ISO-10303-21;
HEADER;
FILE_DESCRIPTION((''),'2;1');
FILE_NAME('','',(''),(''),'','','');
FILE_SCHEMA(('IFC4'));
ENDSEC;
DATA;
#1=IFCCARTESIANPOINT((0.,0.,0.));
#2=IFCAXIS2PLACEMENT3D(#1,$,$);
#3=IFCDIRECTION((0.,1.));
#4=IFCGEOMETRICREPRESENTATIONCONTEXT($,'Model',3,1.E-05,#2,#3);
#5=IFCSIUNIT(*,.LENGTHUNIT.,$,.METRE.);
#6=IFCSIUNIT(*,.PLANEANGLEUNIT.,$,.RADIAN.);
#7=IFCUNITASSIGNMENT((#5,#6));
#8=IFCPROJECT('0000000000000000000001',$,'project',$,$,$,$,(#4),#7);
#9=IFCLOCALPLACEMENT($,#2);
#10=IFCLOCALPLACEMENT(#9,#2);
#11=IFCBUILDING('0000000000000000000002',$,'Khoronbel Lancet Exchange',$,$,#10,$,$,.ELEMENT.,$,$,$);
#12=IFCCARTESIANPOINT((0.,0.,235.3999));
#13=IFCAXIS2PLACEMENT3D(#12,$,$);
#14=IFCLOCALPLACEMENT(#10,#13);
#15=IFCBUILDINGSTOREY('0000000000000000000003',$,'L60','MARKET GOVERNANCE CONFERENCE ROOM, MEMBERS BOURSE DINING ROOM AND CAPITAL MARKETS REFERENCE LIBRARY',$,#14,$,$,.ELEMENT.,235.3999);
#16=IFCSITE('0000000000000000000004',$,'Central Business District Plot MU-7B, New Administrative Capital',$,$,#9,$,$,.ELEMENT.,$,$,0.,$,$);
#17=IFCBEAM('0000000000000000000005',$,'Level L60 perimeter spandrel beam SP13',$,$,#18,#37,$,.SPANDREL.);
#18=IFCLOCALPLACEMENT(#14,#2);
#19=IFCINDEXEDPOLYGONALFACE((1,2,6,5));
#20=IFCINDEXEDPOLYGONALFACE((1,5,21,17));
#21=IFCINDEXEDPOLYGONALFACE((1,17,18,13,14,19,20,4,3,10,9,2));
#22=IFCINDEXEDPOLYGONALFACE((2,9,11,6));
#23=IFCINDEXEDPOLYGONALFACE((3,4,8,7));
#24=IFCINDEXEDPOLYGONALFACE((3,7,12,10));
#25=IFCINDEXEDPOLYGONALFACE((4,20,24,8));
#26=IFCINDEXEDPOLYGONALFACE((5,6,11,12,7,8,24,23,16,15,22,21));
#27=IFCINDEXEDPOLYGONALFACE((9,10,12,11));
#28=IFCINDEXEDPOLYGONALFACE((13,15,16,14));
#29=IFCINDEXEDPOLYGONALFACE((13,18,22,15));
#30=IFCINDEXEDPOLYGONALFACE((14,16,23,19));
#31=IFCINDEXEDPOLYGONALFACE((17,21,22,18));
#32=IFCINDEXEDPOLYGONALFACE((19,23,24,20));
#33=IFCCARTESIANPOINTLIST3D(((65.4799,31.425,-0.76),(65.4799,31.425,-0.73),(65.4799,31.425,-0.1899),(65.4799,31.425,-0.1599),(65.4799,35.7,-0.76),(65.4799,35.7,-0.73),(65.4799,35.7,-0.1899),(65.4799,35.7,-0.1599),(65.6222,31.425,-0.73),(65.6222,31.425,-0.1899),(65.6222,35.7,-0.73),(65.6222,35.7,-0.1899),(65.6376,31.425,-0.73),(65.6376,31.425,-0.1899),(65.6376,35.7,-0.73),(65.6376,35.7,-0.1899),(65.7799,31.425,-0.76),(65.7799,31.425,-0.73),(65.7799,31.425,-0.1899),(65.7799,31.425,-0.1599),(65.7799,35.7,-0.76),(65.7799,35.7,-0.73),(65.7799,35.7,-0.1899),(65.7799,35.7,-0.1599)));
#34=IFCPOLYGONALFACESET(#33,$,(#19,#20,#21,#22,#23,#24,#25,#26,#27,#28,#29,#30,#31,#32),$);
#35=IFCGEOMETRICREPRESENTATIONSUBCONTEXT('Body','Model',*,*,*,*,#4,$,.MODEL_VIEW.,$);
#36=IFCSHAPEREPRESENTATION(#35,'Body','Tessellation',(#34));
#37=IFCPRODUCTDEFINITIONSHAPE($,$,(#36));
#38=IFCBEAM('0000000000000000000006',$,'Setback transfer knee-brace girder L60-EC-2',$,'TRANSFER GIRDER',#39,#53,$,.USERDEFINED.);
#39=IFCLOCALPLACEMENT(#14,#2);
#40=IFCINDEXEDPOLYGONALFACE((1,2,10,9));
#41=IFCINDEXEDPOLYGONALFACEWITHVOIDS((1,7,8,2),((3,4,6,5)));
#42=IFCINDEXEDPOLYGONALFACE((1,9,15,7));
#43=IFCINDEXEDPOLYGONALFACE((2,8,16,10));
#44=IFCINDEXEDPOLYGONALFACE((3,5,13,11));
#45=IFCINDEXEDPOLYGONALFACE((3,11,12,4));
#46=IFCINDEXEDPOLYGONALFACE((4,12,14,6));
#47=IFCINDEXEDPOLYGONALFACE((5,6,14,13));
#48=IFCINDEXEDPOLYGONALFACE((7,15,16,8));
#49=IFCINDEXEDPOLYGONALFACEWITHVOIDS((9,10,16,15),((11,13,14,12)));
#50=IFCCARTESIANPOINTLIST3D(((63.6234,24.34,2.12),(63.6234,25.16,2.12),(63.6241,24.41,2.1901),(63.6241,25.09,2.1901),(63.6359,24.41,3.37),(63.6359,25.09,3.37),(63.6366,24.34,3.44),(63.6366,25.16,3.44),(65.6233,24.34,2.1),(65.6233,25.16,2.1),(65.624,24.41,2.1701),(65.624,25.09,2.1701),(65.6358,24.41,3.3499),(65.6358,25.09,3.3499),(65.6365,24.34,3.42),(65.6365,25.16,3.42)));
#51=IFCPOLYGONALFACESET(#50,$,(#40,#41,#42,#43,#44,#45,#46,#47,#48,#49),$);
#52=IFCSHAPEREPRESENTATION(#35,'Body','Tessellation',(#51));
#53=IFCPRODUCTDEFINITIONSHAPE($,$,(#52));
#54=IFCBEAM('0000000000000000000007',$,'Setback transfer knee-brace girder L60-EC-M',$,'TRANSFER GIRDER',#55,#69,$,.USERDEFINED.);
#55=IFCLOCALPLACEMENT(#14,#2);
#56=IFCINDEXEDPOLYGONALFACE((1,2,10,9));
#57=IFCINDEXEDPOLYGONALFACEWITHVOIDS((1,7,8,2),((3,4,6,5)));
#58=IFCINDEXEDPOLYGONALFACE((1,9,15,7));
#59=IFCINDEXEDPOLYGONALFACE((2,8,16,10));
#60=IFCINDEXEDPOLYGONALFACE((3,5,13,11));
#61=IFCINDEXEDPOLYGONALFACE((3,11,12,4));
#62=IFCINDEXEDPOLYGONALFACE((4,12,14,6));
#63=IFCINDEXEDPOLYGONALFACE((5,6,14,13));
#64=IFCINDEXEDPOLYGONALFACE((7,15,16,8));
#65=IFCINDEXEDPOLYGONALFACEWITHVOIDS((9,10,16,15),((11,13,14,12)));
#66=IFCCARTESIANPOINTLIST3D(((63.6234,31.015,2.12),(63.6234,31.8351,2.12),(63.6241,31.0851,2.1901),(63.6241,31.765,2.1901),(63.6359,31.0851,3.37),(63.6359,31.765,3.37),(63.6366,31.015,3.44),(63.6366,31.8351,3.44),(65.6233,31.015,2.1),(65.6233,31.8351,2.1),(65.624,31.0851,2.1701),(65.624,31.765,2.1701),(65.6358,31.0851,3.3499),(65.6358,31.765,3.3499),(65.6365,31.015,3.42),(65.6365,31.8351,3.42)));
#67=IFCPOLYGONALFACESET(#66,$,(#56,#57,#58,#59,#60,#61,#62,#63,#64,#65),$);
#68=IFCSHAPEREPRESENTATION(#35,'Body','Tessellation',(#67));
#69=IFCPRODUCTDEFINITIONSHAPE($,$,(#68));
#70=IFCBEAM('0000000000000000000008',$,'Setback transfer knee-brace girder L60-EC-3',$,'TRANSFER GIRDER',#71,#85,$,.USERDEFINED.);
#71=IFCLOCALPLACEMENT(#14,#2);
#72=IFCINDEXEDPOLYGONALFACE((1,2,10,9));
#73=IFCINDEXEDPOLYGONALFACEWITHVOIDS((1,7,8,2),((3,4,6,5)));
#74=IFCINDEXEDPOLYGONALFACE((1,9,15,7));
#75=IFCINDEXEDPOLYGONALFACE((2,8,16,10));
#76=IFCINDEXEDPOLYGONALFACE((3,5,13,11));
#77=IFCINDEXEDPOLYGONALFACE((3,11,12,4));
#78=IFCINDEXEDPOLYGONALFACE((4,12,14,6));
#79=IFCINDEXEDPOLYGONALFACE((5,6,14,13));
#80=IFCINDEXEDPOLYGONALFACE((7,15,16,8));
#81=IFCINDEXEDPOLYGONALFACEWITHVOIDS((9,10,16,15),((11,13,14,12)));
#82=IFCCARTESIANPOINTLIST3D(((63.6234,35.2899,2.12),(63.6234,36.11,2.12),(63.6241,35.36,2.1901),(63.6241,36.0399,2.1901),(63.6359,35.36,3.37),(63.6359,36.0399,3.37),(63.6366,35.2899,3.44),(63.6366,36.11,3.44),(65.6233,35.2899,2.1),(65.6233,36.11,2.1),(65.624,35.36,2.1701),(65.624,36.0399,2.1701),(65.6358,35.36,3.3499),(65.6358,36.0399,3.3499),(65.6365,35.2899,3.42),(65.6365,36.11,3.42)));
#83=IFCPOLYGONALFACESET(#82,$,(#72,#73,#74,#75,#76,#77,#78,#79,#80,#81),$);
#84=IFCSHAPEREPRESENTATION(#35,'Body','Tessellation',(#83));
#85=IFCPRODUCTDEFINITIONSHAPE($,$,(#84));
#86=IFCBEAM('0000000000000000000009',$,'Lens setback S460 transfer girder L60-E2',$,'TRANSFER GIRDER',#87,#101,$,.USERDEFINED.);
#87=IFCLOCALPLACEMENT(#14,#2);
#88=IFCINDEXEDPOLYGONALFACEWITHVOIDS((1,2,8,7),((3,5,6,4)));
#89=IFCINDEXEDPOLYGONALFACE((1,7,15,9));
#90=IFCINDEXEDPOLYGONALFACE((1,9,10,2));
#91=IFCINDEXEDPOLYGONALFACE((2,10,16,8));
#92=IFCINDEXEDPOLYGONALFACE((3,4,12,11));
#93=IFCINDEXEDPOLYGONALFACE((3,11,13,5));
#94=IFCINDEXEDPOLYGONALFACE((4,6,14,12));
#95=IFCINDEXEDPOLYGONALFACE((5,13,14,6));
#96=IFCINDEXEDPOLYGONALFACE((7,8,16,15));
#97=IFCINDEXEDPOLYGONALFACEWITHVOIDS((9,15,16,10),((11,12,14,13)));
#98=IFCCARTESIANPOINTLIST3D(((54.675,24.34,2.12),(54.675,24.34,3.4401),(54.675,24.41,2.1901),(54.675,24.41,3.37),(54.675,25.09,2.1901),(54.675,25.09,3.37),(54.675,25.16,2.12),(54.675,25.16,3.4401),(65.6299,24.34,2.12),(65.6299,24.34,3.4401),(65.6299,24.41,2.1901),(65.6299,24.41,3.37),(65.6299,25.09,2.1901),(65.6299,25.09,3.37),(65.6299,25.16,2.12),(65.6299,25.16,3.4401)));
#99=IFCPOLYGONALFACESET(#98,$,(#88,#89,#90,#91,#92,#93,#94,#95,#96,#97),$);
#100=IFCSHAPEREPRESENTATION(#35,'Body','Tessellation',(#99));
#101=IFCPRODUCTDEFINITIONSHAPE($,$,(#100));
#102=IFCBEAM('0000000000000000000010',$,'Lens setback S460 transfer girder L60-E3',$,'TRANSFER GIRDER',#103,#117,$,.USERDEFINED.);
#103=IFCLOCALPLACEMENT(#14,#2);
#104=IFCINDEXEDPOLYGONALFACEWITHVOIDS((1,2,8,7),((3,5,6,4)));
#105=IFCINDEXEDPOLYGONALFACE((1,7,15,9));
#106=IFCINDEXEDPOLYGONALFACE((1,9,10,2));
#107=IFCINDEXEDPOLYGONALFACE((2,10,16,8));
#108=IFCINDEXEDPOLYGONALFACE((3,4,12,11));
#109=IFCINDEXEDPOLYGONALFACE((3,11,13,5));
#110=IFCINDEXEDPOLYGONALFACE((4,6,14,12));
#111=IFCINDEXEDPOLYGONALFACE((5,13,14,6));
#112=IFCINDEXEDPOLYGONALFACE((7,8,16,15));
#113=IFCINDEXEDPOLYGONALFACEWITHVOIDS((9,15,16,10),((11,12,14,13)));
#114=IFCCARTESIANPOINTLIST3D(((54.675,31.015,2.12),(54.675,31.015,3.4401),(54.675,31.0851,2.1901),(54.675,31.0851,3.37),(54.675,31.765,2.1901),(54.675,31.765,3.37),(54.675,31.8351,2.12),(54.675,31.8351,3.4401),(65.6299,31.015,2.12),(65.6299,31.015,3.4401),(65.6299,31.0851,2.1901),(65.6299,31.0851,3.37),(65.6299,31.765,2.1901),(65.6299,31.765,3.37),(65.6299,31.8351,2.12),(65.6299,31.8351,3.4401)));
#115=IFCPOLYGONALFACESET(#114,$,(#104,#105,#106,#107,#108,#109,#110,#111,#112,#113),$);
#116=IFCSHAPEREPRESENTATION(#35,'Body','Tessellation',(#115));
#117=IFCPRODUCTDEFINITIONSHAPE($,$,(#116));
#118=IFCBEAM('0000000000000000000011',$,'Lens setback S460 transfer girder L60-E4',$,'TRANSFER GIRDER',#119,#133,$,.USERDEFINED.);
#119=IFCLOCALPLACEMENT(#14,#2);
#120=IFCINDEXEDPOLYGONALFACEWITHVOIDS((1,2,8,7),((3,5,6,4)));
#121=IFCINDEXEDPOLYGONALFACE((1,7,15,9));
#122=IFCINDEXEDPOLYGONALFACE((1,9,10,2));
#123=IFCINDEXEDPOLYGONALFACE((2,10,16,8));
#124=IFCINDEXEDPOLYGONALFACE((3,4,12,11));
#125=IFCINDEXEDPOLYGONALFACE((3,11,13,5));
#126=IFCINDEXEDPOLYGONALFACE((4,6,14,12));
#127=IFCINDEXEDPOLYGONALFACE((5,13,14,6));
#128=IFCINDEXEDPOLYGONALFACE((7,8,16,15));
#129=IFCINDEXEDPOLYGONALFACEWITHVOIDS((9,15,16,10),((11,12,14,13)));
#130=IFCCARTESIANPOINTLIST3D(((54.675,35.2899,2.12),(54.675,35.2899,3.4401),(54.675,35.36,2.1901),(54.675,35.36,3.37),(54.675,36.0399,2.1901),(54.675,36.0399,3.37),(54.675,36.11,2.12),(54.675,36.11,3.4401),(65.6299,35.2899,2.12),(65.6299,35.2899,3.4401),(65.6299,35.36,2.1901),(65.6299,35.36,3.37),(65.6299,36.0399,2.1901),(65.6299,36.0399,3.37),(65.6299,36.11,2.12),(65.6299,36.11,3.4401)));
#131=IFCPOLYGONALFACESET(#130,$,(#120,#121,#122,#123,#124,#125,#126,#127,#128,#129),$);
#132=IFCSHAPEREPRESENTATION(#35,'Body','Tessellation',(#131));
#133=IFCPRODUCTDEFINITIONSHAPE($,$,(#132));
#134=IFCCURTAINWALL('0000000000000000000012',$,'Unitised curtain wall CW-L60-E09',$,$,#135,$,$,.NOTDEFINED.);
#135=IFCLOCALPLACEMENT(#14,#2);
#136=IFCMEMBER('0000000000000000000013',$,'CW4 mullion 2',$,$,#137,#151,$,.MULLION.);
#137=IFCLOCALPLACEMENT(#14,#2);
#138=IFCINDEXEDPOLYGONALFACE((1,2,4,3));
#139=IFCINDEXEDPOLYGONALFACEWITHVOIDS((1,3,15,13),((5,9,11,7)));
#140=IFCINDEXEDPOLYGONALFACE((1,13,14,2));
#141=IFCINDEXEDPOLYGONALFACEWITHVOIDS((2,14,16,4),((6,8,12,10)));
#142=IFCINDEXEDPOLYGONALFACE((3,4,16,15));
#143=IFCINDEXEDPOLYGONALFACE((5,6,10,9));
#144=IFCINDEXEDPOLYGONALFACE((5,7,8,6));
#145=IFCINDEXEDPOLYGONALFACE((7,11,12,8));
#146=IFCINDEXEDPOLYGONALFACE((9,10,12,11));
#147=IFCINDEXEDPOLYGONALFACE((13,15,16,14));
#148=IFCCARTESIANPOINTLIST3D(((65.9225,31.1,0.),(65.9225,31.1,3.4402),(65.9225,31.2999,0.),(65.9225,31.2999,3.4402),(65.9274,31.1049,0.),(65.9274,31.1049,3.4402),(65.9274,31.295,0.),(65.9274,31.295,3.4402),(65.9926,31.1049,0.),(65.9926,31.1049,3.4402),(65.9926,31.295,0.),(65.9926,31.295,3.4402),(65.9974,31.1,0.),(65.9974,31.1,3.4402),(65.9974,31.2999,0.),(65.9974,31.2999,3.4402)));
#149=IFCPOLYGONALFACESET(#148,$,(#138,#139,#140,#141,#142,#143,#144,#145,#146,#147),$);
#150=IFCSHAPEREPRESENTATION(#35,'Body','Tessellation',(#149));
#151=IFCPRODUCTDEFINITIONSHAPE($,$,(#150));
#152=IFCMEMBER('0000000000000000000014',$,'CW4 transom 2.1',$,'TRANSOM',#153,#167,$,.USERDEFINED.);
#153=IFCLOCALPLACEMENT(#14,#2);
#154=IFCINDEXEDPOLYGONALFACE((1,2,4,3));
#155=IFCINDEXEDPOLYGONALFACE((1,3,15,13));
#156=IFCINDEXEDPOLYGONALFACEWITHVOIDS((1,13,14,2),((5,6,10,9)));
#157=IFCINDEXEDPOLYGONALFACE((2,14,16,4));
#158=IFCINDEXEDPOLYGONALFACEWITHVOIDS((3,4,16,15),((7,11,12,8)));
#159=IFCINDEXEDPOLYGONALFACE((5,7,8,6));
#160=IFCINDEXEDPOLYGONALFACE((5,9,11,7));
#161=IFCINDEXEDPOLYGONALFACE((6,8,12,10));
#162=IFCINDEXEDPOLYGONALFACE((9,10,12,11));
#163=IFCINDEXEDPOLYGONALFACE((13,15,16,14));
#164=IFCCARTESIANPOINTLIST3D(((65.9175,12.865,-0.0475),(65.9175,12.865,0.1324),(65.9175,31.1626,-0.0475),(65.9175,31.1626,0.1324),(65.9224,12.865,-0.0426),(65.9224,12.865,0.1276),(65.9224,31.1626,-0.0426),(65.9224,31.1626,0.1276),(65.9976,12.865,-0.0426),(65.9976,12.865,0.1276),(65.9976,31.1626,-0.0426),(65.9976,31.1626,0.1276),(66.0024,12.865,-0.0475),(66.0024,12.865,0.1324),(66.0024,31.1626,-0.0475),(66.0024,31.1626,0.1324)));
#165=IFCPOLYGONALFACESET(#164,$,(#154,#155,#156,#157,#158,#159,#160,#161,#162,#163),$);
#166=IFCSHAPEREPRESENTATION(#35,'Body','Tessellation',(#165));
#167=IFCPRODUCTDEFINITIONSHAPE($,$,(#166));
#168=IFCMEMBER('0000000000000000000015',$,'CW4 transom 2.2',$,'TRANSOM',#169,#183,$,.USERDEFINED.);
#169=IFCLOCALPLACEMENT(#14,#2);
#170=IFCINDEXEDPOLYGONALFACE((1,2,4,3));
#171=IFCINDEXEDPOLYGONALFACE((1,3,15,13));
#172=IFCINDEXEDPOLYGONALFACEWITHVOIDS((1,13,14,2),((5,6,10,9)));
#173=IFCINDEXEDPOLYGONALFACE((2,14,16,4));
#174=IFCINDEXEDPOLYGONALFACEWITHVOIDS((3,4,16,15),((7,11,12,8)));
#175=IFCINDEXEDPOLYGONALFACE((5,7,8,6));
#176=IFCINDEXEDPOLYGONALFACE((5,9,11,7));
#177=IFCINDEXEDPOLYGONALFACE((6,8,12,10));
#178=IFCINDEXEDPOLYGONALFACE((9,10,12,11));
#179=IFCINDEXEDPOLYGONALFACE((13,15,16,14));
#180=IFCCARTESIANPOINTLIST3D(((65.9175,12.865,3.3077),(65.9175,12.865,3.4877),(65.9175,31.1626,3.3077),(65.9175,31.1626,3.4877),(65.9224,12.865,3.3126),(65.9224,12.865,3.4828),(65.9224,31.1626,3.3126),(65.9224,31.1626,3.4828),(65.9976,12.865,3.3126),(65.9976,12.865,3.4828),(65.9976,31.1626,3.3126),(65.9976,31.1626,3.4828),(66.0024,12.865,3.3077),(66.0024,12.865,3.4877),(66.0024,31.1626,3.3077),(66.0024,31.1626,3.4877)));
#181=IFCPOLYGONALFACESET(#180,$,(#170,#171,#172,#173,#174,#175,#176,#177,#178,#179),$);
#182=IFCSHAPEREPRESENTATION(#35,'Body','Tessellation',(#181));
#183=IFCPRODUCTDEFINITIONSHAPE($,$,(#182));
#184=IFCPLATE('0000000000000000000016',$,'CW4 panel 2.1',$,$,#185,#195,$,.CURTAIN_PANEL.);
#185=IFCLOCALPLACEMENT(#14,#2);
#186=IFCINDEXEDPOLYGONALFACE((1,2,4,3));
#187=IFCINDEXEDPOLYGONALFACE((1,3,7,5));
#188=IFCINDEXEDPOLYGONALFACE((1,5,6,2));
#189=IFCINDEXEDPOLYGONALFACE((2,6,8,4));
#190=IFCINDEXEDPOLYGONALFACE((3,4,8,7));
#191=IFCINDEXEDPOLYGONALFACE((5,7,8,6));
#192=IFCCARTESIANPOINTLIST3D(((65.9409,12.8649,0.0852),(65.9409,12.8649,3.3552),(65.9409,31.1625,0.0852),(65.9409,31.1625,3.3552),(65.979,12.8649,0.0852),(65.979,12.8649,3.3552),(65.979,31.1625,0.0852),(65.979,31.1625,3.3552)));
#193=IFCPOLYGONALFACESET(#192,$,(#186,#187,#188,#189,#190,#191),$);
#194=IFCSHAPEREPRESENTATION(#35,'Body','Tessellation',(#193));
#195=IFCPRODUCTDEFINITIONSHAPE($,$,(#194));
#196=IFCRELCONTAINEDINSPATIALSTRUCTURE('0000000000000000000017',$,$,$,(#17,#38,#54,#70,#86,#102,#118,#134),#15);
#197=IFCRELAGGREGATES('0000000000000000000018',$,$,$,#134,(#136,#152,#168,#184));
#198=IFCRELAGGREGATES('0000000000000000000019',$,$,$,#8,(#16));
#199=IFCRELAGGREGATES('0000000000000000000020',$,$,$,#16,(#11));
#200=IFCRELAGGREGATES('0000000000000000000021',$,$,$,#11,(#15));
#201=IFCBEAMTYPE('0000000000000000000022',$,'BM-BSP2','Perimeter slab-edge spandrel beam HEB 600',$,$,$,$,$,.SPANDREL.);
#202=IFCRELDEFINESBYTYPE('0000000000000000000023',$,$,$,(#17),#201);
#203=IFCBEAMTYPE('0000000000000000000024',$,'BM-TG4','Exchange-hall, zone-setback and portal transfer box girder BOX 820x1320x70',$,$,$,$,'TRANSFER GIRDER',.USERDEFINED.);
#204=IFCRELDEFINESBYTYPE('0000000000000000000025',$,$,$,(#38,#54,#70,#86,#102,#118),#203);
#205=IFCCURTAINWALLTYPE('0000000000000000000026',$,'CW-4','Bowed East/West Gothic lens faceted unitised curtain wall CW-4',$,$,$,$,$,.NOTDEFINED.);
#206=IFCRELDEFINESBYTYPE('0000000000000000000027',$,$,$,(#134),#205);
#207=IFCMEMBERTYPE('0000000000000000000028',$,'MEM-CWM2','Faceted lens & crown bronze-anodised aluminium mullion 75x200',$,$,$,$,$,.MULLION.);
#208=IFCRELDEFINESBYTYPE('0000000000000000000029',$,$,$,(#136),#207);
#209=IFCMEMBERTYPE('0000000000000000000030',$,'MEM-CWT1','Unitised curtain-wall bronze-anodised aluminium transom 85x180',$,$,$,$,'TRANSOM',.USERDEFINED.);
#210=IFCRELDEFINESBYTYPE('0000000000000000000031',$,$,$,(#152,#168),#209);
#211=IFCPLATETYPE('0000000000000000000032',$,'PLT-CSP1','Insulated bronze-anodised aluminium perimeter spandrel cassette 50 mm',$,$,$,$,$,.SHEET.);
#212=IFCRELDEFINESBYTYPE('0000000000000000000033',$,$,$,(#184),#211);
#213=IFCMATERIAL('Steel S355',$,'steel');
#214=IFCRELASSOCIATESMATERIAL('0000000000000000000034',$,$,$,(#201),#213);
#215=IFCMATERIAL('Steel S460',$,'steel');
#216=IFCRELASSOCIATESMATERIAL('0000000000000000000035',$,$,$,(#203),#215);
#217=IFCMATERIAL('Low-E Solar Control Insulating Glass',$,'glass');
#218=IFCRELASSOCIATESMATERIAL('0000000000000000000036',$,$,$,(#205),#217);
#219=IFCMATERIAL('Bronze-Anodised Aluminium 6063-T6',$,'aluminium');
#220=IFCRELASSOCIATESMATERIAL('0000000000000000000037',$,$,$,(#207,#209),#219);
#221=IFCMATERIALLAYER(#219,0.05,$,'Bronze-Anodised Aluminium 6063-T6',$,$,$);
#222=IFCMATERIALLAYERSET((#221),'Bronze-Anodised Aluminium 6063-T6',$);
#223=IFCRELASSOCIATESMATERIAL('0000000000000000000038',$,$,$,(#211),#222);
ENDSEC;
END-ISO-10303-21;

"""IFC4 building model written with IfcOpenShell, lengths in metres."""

from ifc_helpers import new_model, si_unit, direction, frame, origin, origin_2d, place, context, subcontext, project, spatial, rectangle, hollow_rectangle, i_section, extrude, material, layer, layer_set, material_profile, profile_set, type_object, element, aggregate, save


model = new_model("IFC4")

# Units and contexts
model_context = context("Model", 3, precision=1e-05, world=origin(), true_north=direction((0.0, 1.0)))
body_context = subcontext(model_context, "Body", "Model", "MODEL_VIEW")
ifc_project = project(units=[si_unit("LENGTHUNIT", "METRE"), si_unit("PLANEANGLEUNIT", "RADIAN")], contexts=[model_context])

# Site, building, storey
site_placement = place(None, origin())
site = spatial("IfcSite", under=ifc_project, at=site_placement, Name="Central Business District Plot MU-7B, New Administrative Capital", CompositionType="ELEMENT", RefElevation=0.0)
building_placement = place(site_placement, origin())
building = spatial("IfcBuilding", under=site, at=building_placement, Name="Khoronbel Lancet Exchange", CompositionType="ELEMENT")
storey_placement = place(building_placement, frame((0.0, 0.0, 235.3999)))
storey = spatial("IfcBuildingStorey", under=building, at=storey_placement, Name="L60", Description="MARKET GOVERNANCE CONFERENCE ROOM, MEMBERS BOURSE DINING ROOM AND CAPITAL MARKETS REFERENCE LIBRARY", CompositionType="ELEMENT", Elevation=235.3999)

# Shared definitions
ifc_material_1 = material(Name="Steel S355", Category="steel")

# Beams
ifc_material_profile_1 = material_profile(ifc_material_1, i_section(OverallWidth=0.3, OverallDepth=0.6001, WebThickness=0.0154, FlangeThickness=0.03, at=origin_2d()), Name="HEB 600")
ifc_profile_set_1 = profile_set([ifc_material_profile_1], Name="Steel S355")
beam_type_1 = type_object("IfcBeamType", Name="BM-BSP2", Description="Perimeter slab-edge spandrel beam HEB 600", PredefinedType="SPANDREL", material=ifc_profile_set_1)
beam_1_placement = place(storey_placement, frame((65.6299, 31.425, -0.46), z_axis=(0.0, 1.0, 0.0), x_axis=(-1.0, 0.0, 0.0)))
element("IfcBeam", 1, at=beam_1_placement, inside=storey, type_object=beam_type_1, Name="Level L60 perimeter spandrel beam SP13", PredefinedType="SPANDREL", context=body_context, shape_type="SweptSolid", body=[
    extrude(i_section(OverallWidth=0.3, OverallDepth=0.6001, WebThickness=0.0154, FlangeThickness=0.03, at=origin_2d()), origin(), (0.0, 0.0, 1.0), 4.2749),
])
ifc_material_2 = material(Name="Steel S460", Category="steel")
ifc_material_profile_2 = material_profile(ifc_material_2, hollow_rectangle(XDim=0.8201, YDim=1.3201, WallThickness=0.0701, at=origin_2d()), Name="BOX 820x1320x70")
ifc_profile_set_2 = profile_set([ifc_material_profile_2], Name="Steel S460")
beam_type_2 = type_object("IfcBeamType", Name="BM-TG4", Description="Exchange-hall, zone-setback and portal transfer box girder BOX 820x1320x70", ElementType="TRANSFER GIRDER", PredefinedType="USERDEFINED", material=ifc_profile_set_2)
for number, where, z_axis, x_axis, name in (
    (2, (65.6299, 24.75, 2.76), (-0.99995, 0.0, 0.010009), (0.0, -1.0, 0.0), "Setback transfer knee-brace girder L60-EC-2"),
    (3, (65.6299, 31.425, 2.76), (-0.99995, 0.0, 0.010009), (0.0, -1.0, 0.0), "Setback transfer knee-brace girder L60-EC-M"),
    (4, (65.6299, 35.7, 2.76), (-0.99995, 0.0, 0.010009), (0.0, -1.0, 0.0), "Setback transfer knee-brace girder L60-EC-3"),
):
    element("IfcBeam", number, at=place(storey_placement, frame(where, z_axis=z_axis, x_axis=x_axis)), inside=storey, type_object=beam_type_2, Name=name, ObjectType="TRANSFER GIRDER", PredefinedType="USERDEFINED", context=body_context, shape_type="SweptSolid", body=[
        extrude(hollow_rectangle(XDim=0.8201, YDim=1.3201, WallThickness=0.0701, at=origin_2d()), origin(), (0.0, 0.0, 1.0), 2.0),
    ])
for number, where, z_axis, x_axis, name in (
    (5, (54.675, 24.75, 2.78), (1.0, 0.0, 0.0), (0.0, 1.0, 0.0), "Lens setback S460 transfer girder L60-E2"),
    (6, (54.675, 31.425, 2.78), (1.0, 0.0, 0.0), (0.0, 1.0, 0.0), "Lens setback S460 transfer girder L60-E3"),
    (7, (54.675, 35.7, 2.78), (1.0, 0.0, 0.0), (0.0, 1.0, 0.0), "Lens setback S460 transfer girder L60-E4"),
):
    element("IfcBeam", number, at=place(storey_placement, frame(where, z_axis=z_axis, x_axis=x_axis)), inside=storey, type_object=beam_type_2, Name=name, ObjectType="TRANSFER GIRDER", PredefinedType="USERDEFINED", context=body_context, shape_type="SweptSolid", body=[
        extrude(hollow_rectangle(XDim=0.8201, YDim=1.3201, WallThickness=0.0701, at=origin_2d()), origin(), (0.0, 0.0, 1.0), 10.9548),
    ])

# Curtain wall, members, plate
ifc_material_3 = material(Name="Low-E Solar Control Insulating Glass", Category="glass")
curtain_wall_type = type_object("IfcCurtainWallType", Name="CW-4", Description="Bowed East/West Gothic lens faceted unitised curtain wall CW-4", PredefinedType="NOTDEFINED", material=ifc_material_3)
curtain_wall_placement = place(storey_placement, origin())
curtain_wall = element("IfcCurtainWall", 8, at=curtain_wall_placement, inside=storey, type_object=curtain_wall_type, Name="Unitised curtain wall CW-L60-E09", PredefinedType="NOTDEFINED")
ifc_material_4 = material(Name="Bronze-Anodised Aluminium 6063-T6", Category="aluminium")
ifc_material_profile_3 = material_profile(ifc_material_4, hollow_rectangle(XDim=0.075, YDim=0.2, WallThickness=0.0049, at=origin_2d()), Name="ALU MULLION 75x200")
ifc_profile_set_3 = profile_set([ifc_material_profile_3], Name="Bronze-Anodised Aluminium 6063-T6")
member_type_1 = type_object("IfcMemberType", Name="MEM-CWM2", Description="Faceted lens & crown bronze-anodised aluminium mullion 75x200", PredefinedType="MULLION", material=ifc_profile_set_3)
member_1_placement = place(storey_placement, frame((65.96, 31.2, 0.0), z_axis=(0.0, 0.0, 1.0), x_axis=(1.0, 0.0, 0.0)))
member_1 = element("IfcMember", 9, at=member_1_placement, type_object=member_type_1, Name="CW4 mullion 2", PredefinedType="MULLION", context=body_context, shape_type="SweptSolid", body=[
    extrude(hollow_rectangle(XDim=0.075, YDim=0.2, WallThickness=0.0049, at=origin_2d()), origin(), (0.0, 0.0, 1.0), 3.4402),
])
ifc_material_profile_4 = material_profile(ifc_material_4, hollow_rectangle(XDim=0.085, YDim=0.1799, WallThickness=0.0049, at=origin_2d()), Name="ALU TRANSOM 85x180")
ifc_profile_set_4 = profile_set([ifc_material_profile_4], Name="Bronze-Anodised Aluminium 6063-T6")
member_type_2 = type_object("IfcMemberType", Name="MEM-CWT1", Description="Unitised curtain-wall bronze-anodised aluminium transom 85x180", ElementType="TRANSOM", PredefinedType="USERDEFINED", material=ifc_profile_set_4)
member_2_placement = place(storey_placement, frame((65.96, 31.1626, 0.0425), z_axis=(0.0, -1.0, 0.0), x_axis=(1.0, 0.0, 0.0)))
member_2 = element("IfcMember", 10, at=member_2_placement, type_object=member_type_2, Name="CW4 transom 2.1", ObjectType="TRANSOM", PredefinedType="USERDEFINED", context=body_context, shape_type="SweptSolid", body=[
    extrude(hollow_rectangle(XDim=0.085, YDim=0.1799, WallThickness=0.0049, at=origin_2d()), origin(), (0.0, 0.0, 1.0), 18.2976),
])
member_3_placement = place(storey_placement, frame((65.96, 31.1626, 3.3977), z_axis=(0.0, -1.0, 0.0), x_axis=(1.0, 0.0, 0.0)))
member_3 = element("IfcMember", 11, at=member_3_placement, type_object=member_type_2, Name="CW4 transom 2.2", ObjectType="TRANSOM", PredefinedType="USERDEFINED", context=body_context, shape_type="SweptSolid", body=[
    extrude(hollow_rectangle(XDim=0.085, YDim=0.1799, WallThickness=0.0049, at=origin_2d()), origin(), (0.0, 0.0, 1.0), 18.2976),
])
ifc_layer_1 = layer(ifc_material_4, 0.05, Name="Bronze-Anodised Aluminium 6063-T6")
ifc_layer_set_1 = layer_set([ifc_layer_1], Name="Bronze-Anodised Aluminium 6063-T6")
plate_type_1 = type_object("IfcPlateType", Name="PLT-CSP1", Description="Insulated bronze-anodised aluminium perimeter spandrel cassette 50 mm", PredefinedType="SHEET", material=ifc_layer_set_1)
plate_1_placement = place(storey_placement, frame((65.96, 22.0137, 0.0852), z_axis=(0.0, 0.0, 1.0), x_axis=(0.0, -1.0, 0.0)))
plate_1 = element("IfcPlate", 12, at=plate_1_placement, type_object=plate_type_1, Name="CW4 panel 2.1", PredefinedType="CURTAIN_PANEL", context=body_context, shape_type="SweptSolid", body=[
    extrude(rectangle(XDim=18.2976, YDim=0.0381, at=origin_2d()), origin(), (0.0, 0.0, 1.0), 3.27),
])
aggregate(curtain_wall, [member_1, member_2, member_3, plate_1])

save(model, "model.ifc")
